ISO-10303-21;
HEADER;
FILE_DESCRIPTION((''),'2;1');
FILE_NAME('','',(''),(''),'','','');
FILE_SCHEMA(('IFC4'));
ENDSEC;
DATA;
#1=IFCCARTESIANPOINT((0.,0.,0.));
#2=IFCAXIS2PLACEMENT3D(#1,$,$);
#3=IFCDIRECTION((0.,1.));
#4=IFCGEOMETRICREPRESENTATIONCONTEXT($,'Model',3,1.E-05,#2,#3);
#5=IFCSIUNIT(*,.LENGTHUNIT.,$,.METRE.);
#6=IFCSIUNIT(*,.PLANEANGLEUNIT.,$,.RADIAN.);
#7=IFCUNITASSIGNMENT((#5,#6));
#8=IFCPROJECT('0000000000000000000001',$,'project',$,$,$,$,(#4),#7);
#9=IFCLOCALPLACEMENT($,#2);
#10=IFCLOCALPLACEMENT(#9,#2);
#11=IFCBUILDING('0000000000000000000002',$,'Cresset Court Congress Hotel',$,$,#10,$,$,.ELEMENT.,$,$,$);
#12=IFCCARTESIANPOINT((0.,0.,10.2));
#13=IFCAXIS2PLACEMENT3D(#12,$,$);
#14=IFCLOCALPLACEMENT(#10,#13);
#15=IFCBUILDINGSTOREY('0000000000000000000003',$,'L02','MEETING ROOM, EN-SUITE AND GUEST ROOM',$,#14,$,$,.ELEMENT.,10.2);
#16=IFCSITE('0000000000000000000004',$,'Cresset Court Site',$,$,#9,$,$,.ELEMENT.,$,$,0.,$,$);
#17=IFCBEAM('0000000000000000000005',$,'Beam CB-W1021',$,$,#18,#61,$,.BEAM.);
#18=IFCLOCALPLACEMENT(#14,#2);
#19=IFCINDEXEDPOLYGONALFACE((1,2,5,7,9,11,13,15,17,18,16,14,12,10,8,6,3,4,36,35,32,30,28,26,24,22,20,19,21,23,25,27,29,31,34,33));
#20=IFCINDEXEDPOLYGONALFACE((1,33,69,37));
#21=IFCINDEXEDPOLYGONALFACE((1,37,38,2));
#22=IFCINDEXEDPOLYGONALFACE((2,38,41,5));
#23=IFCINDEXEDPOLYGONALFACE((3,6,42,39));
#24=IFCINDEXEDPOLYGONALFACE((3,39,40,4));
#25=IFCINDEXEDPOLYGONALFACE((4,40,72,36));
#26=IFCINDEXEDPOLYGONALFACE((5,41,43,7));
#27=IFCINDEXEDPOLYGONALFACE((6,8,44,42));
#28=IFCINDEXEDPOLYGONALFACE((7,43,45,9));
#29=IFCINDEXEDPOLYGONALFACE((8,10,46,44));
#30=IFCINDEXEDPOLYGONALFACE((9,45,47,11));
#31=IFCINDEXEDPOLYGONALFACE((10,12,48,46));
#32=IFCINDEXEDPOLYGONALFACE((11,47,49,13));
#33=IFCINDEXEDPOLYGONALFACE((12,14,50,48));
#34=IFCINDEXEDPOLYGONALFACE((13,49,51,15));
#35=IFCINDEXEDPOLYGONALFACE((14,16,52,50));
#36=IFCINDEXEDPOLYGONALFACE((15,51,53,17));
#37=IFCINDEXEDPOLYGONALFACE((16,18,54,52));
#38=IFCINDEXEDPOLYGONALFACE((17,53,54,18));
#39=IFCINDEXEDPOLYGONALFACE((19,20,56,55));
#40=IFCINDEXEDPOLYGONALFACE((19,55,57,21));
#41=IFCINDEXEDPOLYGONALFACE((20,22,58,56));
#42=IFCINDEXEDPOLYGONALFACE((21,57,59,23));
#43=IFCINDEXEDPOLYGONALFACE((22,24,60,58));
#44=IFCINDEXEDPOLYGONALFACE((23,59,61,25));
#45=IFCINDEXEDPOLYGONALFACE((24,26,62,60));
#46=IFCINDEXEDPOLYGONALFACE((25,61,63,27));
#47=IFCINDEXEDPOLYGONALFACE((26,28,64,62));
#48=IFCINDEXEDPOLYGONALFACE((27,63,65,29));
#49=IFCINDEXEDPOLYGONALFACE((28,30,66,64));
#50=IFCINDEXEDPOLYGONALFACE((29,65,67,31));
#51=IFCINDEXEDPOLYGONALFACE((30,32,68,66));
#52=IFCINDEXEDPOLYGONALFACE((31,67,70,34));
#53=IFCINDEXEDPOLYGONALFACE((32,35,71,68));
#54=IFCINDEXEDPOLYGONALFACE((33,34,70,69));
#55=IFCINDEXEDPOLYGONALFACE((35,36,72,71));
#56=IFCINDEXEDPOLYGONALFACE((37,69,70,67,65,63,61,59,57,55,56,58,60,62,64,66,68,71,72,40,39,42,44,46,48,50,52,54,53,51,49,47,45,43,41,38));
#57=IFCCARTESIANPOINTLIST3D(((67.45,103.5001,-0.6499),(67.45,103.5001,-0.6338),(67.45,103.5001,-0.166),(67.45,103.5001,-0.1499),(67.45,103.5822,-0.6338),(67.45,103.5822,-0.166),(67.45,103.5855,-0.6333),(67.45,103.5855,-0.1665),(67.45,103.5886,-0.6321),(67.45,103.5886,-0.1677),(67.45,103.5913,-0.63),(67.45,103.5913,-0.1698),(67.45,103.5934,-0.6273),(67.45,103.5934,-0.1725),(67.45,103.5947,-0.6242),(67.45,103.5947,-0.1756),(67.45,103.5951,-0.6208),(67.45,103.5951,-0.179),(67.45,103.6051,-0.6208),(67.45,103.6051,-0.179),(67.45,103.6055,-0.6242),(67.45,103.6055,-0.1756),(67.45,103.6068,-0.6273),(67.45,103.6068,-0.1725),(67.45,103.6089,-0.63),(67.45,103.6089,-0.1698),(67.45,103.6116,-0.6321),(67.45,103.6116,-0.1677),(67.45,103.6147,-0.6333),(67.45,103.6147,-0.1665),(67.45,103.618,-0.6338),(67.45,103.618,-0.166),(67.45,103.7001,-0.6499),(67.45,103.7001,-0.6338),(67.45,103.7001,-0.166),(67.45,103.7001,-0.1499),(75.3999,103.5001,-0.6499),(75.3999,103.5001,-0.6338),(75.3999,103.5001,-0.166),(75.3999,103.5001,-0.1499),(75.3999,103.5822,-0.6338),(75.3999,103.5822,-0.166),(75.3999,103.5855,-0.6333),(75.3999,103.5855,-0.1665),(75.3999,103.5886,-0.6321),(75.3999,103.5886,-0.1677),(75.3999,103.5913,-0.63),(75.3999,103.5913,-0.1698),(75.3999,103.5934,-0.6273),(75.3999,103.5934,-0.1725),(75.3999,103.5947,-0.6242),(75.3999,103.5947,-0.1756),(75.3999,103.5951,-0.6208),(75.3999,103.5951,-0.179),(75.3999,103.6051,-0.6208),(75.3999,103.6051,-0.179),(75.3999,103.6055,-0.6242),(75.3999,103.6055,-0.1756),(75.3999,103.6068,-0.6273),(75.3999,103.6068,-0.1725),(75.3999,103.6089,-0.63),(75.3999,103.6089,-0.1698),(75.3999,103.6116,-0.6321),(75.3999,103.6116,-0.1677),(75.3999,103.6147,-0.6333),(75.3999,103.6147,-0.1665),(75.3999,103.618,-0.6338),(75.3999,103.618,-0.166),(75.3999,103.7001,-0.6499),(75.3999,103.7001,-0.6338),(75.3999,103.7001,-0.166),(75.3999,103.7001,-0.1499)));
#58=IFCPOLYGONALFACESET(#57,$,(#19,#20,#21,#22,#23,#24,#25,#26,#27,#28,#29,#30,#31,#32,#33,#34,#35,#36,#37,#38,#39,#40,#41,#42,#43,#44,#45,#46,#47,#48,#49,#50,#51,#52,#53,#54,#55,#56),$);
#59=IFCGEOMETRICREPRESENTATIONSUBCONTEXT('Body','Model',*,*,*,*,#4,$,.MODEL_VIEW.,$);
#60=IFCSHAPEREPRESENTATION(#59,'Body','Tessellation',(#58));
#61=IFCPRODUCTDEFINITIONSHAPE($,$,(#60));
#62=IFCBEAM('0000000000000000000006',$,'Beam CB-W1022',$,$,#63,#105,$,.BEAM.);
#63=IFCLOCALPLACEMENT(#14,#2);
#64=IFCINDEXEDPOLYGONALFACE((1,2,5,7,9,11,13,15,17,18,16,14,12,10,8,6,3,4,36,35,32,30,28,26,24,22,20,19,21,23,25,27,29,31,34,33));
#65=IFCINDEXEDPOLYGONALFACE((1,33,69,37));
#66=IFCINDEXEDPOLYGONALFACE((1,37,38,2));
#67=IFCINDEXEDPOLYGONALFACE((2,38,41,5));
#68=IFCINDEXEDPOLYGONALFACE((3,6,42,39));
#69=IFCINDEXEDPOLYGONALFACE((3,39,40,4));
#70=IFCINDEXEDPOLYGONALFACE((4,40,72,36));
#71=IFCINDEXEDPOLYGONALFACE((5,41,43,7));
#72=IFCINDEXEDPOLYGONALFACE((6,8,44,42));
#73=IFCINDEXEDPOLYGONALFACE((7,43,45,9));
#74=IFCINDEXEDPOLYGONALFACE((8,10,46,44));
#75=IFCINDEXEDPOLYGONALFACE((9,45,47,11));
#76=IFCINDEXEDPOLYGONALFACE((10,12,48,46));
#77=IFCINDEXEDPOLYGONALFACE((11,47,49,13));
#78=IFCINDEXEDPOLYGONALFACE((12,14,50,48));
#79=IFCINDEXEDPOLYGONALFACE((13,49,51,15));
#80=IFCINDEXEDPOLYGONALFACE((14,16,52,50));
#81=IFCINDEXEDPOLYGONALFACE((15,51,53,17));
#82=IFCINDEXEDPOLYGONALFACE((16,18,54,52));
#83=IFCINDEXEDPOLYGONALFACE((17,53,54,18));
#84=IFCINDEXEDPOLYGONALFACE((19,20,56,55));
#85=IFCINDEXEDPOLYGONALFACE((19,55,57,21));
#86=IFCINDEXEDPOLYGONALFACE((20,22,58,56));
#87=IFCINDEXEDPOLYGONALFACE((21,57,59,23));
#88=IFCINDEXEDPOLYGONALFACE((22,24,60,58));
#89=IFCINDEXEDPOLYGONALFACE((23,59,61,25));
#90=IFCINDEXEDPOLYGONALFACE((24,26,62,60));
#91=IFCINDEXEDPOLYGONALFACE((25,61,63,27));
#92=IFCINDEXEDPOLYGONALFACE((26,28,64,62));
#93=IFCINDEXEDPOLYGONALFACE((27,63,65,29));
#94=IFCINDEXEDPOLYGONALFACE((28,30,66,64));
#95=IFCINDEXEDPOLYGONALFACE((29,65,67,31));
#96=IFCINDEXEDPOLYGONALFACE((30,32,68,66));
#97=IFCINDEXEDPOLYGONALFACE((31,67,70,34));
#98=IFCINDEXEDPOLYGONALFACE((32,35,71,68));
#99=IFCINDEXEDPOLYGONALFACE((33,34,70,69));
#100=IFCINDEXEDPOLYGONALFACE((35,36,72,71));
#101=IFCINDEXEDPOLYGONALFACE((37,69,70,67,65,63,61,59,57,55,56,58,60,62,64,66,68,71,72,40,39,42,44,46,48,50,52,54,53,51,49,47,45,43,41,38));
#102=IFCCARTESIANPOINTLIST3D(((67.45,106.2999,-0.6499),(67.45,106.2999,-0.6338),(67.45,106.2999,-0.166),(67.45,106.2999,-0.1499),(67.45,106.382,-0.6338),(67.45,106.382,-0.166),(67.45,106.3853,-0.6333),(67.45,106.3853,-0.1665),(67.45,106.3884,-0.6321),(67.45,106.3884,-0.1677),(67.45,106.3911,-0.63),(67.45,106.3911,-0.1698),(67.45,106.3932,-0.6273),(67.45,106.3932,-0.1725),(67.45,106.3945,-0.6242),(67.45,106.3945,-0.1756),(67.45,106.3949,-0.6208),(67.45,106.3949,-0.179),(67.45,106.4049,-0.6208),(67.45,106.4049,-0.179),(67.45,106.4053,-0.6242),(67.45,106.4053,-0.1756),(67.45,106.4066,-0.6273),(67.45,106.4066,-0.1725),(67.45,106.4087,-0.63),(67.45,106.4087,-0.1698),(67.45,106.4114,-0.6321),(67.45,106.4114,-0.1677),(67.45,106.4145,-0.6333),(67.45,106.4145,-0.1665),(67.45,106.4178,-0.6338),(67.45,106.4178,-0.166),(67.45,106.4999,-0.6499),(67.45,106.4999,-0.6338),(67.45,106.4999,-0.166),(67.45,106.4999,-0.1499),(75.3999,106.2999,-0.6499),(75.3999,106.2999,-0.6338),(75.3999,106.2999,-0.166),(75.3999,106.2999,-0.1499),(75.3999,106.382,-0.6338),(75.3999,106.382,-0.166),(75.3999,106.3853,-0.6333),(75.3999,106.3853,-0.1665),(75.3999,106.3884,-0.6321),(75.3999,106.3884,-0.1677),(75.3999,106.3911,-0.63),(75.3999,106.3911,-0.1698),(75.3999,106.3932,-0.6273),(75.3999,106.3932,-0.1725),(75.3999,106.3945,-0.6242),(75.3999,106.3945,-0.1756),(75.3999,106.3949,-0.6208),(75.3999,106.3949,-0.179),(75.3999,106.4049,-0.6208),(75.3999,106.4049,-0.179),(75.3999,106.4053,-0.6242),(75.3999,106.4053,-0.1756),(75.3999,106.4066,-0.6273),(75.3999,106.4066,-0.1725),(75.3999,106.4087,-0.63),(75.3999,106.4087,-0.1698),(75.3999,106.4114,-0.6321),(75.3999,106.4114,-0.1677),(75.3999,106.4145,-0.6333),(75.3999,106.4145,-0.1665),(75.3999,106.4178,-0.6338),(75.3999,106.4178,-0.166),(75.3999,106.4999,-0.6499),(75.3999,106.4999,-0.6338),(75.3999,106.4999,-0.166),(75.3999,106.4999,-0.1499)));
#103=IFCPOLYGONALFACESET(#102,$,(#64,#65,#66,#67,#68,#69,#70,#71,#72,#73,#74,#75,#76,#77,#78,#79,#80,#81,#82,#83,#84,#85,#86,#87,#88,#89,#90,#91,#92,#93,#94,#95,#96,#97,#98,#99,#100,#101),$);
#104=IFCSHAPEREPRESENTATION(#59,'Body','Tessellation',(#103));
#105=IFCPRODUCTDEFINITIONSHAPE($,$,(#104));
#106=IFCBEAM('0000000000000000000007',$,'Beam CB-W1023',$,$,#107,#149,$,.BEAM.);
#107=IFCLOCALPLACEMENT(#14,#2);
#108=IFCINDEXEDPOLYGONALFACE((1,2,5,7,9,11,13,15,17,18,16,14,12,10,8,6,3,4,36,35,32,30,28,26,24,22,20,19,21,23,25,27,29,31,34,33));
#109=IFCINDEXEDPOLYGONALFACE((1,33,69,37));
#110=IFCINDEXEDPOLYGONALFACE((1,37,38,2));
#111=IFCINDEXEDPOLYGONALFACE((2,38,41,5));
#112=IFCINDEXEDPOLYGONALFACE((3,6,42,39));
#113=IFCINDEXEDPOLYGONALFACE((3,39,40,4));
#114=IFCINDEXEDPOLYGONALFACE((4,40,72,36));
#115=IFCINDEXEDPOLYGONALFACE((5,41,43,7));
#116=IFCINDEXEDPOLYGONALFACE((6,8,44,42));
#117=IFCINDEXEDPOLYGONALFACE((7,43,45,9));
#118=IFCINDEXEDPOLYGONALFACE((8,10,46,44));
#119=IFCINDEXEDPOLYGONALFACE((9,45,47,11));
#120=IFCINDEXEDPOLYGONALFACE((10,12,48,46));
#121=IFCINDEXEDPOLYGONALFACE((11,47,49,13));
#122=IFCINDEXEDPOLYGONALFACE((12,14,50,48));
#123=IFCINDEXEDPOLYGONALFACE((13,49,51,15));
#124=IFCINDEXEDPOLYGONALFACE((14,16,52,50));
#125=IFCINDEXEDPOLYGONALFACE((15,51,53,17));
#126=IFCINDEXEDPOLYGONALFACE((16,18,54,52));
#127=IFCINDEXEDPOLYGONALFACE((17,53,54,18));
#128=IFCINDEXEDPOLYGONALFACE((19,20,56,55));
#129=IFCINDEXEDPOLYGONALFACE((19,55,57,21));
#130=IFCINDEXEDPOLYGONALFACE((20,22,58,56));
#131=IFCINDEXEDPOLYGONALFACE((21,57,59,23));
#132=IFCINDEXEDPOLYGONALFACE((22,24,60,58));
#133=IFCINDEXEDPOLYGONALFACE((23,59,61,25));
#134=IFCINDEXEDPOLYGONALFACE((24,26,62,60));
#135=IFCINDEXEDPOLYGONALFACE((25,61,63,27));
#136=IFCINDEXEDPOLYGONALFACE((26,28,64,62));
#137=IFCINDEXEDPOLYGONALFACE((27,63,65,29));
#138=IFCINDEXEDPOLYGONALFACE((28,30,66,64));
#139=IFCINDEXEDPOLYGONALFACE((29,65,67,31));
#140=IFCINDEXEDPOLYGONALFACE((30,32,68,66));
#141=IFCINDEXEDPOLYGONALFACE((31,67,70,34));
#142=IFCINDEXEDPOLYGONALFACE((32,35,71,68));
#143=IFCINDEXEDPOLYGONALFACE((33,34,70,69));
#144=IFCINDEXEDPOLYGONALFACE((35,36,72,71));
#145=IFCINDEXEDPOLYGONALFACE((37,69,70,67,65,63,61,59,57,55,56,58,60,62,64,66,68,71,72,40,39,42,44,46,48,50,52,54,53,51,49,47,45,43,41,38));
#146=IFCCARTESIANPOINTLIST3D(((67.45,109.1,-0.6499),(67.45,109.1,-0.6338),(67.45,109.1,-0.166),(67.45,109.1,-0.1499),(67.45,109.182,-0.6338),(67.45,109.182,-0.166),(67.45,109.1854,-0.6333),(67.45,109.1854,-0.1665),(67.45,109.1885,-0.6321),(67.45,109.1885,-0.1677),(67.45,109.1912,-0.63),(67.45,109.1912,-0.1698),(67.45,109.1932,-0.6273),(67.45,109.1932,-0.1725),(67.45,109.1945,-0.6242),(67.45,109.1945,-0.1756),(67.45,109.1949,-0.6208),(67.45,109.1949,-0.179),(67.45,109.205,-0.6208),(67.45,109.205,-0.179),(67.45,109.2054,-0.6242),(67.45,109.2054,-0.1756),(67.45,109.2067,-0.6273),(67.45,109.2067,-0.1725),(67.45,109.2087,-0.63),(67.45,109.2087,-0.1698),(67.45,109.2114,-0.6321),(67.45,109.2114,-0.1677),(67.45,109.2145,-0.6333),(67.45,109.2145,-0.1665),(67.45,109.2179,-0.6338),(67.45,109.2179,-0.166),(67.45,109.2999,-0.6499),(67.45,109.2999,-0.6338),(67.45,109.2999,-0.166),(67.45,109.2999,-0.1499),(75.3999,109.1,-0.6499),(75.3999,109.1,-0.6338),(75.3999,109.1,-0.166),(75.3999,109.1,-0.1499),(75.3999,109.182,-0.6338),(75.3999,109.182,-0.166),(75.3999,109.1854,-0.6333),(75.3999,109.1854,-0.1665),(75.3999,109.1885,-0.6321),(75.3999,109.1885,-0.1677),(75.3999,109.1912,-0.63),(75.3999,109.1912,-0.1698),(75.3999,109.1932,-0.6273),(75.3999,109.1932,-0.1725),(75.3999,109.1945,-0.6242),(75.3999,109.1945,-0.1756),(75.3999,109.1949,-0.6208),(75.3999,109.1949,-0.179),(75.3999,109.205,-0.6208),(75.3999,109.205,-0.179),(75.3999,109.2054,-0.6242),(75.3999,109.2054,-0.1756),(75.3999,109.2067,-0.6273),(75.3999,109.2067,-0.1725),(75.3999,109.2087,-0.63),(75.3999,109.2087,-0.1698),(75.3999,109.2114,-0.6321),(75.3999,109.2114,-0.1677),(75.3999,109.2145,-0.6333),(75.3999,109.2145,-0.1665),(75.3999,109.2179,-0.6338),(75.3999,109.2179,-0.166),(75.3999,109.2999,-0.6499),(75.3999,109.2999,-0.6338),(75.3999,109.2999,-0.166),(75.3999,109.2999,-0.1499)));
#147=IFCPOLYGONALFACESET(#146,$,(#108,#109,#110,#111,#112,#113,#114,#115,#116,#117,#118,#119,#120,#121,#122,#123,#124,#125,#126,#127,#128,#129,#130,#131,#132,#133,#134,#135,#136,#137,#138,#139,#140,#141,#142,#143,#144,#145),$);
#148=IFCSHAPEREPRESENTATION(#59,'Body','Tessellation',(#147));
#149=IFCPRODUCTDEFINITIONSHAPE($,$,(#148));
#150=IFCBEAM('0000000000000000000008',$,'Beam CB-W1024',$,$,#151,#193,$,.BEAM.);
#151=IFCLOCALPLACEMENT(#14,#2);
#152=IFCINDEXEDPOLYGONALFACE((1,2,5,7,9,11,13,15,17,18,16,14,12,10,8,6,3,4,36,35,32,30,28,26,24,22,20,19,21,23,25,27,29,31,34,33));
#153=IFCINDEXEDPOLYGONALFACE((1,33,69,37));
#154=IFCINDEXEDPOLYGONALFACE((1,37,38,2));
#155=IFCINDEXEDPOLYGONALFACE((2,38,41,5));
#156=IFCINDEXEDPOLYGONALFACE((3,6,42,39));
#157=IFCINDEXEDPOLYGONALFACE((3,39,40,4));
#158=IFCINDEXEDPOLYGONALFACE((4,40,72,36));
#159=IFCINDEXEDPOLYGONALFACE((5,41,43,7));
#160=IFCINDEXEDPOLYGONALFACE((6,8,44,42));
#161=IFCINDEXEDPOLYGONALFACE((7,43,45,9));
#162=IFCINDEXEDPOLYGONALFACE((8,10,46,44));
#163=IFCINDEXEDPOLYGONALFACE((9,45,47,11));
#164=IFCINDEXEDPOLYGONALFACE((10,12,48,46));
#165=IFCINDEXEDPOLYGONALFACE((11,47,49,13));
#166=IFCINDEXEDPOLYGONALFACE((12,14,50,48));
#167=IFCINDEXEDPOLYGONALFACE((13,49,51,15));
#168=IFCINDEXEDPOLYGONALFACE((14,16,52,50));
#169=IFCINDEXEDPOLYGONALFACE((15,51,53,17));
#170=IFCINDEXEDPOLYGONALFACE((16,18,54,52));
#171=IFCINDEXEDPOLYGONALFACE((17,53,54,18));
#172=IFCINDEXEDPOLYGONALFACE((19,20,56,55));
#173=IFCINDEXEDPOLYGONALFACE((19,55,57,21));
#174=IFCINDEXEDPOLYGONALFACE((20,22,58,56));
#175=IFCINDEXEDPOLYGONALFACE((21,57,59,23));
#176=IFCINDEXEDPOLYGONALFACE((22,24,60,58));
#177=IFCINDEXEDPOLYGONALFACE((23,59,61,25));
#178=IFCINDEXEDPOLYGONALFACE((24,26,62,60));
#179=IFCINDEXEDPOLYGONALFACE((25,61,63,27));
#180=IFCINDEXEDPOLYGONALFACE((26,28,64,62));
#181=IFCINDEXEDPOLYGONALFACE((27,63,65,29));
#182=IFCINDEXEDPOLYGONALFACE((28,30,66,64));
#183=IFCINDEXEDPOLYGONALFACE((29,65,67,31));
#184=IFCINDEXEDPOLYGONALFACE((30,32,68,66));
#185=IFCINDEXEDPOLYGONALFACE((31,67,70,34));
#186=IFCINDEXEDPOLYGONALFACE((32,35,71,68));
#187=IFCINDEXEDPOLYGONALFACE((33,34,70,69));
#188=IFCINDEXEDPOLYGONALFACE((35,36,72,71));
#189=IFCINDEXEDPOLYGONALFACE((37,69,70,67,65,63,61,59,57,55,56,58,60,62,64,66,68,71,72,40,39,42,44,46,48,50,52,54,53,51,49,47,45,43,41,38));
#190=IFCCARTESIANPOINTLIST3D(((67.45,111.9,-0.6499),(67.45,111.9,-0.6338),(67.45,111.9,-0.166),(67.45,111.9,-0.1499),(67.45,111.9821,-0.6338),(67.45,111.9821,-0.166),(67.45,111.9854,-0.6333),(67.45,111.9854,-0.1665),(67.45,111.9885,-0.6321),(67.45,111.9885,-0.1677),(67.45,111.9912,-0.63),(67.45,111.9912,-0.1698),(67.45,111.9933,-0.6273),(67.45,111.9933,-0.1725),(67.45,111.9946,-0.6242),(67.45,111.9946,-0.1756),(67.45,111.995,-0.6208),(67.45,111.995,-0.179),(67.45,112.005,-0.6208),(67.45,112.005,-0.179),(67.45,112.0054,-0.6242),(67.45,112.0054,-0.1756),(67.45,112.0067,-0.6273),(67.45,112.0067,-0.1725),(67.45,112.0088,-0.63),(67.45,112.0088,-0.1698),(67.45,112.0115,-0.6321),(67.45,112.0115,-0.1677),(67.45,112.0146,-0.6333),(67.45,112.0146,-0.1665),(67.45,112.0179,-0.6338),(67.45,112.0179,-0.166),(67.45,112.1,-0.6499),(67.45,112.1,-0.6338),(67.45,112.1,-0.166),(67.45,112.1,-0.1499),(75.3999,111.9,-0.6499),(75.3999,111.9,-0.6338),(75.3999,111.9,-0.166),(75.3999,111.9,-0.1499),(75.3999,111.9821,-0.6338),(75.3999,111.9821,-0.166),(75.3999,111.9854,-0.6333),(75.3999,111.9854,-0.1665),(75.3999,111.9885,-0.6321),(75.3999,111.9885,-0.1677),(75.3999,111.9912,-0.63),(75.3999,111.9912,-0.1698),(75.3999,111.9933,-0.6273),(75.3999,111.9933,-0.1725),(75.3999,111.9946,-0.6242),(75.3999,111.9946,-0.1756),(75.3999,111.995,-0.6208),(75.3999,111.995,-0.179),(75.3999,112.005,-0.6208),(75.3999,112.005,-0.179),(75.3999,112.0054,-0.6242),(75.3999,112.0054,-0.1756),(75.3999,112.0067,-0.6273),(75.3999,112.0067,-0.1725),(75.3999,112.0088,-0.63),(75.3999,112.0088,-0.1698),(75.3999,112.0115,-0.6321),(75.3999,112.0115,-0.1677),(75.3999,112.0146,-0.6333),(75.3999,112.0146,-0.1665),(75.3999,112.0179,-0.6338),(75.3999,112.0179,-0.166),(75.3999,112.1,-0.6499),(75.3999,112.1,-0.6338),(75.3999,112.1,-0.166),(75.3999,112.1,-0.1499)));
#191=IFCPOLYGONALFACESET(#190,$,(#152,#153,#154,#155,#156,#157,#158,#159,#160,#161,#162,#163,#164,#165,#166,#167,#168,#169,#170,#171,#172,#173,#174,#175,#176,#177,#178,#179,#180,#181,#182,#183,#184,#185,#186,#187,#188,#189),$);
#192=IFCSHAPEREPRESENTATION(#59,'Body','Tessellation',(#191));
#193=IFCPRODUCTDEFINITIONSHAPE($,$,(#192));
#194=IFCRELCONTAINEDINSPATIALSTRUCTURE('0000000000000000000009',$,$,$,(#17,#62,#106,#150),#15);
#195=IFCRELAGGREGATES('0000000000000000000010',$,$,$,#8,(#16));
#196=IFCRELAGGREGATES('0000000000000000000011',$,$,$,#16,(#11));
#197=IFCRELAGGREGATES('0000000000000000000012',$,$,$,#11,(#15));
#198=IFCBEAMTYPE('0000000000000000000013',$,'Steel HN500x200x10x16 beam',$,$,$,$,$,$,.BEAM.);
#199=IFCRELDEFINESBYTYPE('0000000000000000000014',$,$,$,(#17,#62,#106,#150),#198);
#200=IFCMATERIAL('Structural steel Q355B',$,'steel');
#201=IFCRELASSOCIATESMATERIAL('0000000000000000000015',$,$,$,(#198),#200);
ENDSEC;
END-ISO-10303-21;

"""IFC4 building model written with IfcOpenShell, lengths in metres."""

from ifc_helpers import new_model, si_unit, direction, frame, origin, origin_2d, place, context, subcontext, project, spatial, i_section, extrude, material, material_profile, profile_set, type_object, element, save


model = new_model("IFC4")

# Units and contexts
model_context = context("Model", 3, precision=1e-05, world=origin(), true_north=direction((0.0, 1.0)))
body_context = subcontext(model_context, "Body", "Model", "MODEL_VIEW")
ifc_project = project(units=[si_unit("LENGTHUNIT", "METRE"), si_unit("PLANEANGLEUNIT", "RADIAN")], contexts=[model_context])

# Site, building, storey
site_placement = place(None, origin())
site = spatial("IfcSite", under=ifc_project, at=site_placement, Name="Cresset Court Site", CompositionType="ELEMENT", RefElevation=0.0)
building_placement = place(site_placement, origin())
building = spatial("IfcBuilding", under=site, at=building_placement, Name="Cresset Court Congress Hotel", CompositionType="ELEMENT")
storey_placement = place(building_placement, frame((0.0, 0.0, 10.2)))
storey = spatial("IfcBuildingStorey", under=building, at=storey_placement, Name="L02", Description="MEETING ROOM, EN-SUITE AND GUEST ROOM", CompositionType="ELEMENT", Elevation=10.2)

# Beams
ifc_material_1 = material(Name="Structural steel Q355B", Category="steel")
ifc_material_profile = material_profile(ifc_material_1, i_section(OverallWidth=0.2, OverallDepth=0.5, WebThickness=0.01, FlangeThickness=0.0161, FilletRadius=0.0129, at=origin_2d()), Name="HN500x200x10x16")
ifc_profile_set = profile_set([ifc_material_profile], Name="Structural steel Q355B")
beam_type = type_object("IfcBeamType", Name="Steel HN500x200x10x16 beam", PredefinedType="BEAM", material=ifc_profile_set)
for number, where, z_axis, x_axis, name in (
    (1, (67.45, 103.6001, -0.3999), (1.0, 0.0, 0.0), (0.0, 1.0, 0.0), "Beam CB-W1021"),
    (2, (67.45, 106.3999, -0.3999), (1.0, 0.0, 0.0), (0.0, 1.0, 0.0), "Beam CB-W1022"),
    (3, (67.45, 109.2, -0.3999), (1.0, 0.0, 0.0), (0.0, 1.0, 0.0), "Beam CB-W1023"),
    (4, (67.45, 112.0, -0.3999), (1.0, 0.0, 0.0), (0.0, 1.0, 0.0), "Beam CB-W1024"),
):
    element("IfcBeam", number, at=place(storey_placement, frame(where, z_axis=z_axis, x_axis=x_axis)), inside=storey, type_object=beam_type, Name=name, PredefinedType="BEAM", context=body_context, shape_type="SweptSolid", body=[
        extrude(i_section(OverallWidth=0.2, OverallDepth=0.5, WebThickness=0.01, FlangeThickness=0.0161, FilletRadius=0.0129, at=origin_2d()), origin(), (0.0, 0.0, 1.0), 7.95),
    ])

save(model, "model.ifc")
